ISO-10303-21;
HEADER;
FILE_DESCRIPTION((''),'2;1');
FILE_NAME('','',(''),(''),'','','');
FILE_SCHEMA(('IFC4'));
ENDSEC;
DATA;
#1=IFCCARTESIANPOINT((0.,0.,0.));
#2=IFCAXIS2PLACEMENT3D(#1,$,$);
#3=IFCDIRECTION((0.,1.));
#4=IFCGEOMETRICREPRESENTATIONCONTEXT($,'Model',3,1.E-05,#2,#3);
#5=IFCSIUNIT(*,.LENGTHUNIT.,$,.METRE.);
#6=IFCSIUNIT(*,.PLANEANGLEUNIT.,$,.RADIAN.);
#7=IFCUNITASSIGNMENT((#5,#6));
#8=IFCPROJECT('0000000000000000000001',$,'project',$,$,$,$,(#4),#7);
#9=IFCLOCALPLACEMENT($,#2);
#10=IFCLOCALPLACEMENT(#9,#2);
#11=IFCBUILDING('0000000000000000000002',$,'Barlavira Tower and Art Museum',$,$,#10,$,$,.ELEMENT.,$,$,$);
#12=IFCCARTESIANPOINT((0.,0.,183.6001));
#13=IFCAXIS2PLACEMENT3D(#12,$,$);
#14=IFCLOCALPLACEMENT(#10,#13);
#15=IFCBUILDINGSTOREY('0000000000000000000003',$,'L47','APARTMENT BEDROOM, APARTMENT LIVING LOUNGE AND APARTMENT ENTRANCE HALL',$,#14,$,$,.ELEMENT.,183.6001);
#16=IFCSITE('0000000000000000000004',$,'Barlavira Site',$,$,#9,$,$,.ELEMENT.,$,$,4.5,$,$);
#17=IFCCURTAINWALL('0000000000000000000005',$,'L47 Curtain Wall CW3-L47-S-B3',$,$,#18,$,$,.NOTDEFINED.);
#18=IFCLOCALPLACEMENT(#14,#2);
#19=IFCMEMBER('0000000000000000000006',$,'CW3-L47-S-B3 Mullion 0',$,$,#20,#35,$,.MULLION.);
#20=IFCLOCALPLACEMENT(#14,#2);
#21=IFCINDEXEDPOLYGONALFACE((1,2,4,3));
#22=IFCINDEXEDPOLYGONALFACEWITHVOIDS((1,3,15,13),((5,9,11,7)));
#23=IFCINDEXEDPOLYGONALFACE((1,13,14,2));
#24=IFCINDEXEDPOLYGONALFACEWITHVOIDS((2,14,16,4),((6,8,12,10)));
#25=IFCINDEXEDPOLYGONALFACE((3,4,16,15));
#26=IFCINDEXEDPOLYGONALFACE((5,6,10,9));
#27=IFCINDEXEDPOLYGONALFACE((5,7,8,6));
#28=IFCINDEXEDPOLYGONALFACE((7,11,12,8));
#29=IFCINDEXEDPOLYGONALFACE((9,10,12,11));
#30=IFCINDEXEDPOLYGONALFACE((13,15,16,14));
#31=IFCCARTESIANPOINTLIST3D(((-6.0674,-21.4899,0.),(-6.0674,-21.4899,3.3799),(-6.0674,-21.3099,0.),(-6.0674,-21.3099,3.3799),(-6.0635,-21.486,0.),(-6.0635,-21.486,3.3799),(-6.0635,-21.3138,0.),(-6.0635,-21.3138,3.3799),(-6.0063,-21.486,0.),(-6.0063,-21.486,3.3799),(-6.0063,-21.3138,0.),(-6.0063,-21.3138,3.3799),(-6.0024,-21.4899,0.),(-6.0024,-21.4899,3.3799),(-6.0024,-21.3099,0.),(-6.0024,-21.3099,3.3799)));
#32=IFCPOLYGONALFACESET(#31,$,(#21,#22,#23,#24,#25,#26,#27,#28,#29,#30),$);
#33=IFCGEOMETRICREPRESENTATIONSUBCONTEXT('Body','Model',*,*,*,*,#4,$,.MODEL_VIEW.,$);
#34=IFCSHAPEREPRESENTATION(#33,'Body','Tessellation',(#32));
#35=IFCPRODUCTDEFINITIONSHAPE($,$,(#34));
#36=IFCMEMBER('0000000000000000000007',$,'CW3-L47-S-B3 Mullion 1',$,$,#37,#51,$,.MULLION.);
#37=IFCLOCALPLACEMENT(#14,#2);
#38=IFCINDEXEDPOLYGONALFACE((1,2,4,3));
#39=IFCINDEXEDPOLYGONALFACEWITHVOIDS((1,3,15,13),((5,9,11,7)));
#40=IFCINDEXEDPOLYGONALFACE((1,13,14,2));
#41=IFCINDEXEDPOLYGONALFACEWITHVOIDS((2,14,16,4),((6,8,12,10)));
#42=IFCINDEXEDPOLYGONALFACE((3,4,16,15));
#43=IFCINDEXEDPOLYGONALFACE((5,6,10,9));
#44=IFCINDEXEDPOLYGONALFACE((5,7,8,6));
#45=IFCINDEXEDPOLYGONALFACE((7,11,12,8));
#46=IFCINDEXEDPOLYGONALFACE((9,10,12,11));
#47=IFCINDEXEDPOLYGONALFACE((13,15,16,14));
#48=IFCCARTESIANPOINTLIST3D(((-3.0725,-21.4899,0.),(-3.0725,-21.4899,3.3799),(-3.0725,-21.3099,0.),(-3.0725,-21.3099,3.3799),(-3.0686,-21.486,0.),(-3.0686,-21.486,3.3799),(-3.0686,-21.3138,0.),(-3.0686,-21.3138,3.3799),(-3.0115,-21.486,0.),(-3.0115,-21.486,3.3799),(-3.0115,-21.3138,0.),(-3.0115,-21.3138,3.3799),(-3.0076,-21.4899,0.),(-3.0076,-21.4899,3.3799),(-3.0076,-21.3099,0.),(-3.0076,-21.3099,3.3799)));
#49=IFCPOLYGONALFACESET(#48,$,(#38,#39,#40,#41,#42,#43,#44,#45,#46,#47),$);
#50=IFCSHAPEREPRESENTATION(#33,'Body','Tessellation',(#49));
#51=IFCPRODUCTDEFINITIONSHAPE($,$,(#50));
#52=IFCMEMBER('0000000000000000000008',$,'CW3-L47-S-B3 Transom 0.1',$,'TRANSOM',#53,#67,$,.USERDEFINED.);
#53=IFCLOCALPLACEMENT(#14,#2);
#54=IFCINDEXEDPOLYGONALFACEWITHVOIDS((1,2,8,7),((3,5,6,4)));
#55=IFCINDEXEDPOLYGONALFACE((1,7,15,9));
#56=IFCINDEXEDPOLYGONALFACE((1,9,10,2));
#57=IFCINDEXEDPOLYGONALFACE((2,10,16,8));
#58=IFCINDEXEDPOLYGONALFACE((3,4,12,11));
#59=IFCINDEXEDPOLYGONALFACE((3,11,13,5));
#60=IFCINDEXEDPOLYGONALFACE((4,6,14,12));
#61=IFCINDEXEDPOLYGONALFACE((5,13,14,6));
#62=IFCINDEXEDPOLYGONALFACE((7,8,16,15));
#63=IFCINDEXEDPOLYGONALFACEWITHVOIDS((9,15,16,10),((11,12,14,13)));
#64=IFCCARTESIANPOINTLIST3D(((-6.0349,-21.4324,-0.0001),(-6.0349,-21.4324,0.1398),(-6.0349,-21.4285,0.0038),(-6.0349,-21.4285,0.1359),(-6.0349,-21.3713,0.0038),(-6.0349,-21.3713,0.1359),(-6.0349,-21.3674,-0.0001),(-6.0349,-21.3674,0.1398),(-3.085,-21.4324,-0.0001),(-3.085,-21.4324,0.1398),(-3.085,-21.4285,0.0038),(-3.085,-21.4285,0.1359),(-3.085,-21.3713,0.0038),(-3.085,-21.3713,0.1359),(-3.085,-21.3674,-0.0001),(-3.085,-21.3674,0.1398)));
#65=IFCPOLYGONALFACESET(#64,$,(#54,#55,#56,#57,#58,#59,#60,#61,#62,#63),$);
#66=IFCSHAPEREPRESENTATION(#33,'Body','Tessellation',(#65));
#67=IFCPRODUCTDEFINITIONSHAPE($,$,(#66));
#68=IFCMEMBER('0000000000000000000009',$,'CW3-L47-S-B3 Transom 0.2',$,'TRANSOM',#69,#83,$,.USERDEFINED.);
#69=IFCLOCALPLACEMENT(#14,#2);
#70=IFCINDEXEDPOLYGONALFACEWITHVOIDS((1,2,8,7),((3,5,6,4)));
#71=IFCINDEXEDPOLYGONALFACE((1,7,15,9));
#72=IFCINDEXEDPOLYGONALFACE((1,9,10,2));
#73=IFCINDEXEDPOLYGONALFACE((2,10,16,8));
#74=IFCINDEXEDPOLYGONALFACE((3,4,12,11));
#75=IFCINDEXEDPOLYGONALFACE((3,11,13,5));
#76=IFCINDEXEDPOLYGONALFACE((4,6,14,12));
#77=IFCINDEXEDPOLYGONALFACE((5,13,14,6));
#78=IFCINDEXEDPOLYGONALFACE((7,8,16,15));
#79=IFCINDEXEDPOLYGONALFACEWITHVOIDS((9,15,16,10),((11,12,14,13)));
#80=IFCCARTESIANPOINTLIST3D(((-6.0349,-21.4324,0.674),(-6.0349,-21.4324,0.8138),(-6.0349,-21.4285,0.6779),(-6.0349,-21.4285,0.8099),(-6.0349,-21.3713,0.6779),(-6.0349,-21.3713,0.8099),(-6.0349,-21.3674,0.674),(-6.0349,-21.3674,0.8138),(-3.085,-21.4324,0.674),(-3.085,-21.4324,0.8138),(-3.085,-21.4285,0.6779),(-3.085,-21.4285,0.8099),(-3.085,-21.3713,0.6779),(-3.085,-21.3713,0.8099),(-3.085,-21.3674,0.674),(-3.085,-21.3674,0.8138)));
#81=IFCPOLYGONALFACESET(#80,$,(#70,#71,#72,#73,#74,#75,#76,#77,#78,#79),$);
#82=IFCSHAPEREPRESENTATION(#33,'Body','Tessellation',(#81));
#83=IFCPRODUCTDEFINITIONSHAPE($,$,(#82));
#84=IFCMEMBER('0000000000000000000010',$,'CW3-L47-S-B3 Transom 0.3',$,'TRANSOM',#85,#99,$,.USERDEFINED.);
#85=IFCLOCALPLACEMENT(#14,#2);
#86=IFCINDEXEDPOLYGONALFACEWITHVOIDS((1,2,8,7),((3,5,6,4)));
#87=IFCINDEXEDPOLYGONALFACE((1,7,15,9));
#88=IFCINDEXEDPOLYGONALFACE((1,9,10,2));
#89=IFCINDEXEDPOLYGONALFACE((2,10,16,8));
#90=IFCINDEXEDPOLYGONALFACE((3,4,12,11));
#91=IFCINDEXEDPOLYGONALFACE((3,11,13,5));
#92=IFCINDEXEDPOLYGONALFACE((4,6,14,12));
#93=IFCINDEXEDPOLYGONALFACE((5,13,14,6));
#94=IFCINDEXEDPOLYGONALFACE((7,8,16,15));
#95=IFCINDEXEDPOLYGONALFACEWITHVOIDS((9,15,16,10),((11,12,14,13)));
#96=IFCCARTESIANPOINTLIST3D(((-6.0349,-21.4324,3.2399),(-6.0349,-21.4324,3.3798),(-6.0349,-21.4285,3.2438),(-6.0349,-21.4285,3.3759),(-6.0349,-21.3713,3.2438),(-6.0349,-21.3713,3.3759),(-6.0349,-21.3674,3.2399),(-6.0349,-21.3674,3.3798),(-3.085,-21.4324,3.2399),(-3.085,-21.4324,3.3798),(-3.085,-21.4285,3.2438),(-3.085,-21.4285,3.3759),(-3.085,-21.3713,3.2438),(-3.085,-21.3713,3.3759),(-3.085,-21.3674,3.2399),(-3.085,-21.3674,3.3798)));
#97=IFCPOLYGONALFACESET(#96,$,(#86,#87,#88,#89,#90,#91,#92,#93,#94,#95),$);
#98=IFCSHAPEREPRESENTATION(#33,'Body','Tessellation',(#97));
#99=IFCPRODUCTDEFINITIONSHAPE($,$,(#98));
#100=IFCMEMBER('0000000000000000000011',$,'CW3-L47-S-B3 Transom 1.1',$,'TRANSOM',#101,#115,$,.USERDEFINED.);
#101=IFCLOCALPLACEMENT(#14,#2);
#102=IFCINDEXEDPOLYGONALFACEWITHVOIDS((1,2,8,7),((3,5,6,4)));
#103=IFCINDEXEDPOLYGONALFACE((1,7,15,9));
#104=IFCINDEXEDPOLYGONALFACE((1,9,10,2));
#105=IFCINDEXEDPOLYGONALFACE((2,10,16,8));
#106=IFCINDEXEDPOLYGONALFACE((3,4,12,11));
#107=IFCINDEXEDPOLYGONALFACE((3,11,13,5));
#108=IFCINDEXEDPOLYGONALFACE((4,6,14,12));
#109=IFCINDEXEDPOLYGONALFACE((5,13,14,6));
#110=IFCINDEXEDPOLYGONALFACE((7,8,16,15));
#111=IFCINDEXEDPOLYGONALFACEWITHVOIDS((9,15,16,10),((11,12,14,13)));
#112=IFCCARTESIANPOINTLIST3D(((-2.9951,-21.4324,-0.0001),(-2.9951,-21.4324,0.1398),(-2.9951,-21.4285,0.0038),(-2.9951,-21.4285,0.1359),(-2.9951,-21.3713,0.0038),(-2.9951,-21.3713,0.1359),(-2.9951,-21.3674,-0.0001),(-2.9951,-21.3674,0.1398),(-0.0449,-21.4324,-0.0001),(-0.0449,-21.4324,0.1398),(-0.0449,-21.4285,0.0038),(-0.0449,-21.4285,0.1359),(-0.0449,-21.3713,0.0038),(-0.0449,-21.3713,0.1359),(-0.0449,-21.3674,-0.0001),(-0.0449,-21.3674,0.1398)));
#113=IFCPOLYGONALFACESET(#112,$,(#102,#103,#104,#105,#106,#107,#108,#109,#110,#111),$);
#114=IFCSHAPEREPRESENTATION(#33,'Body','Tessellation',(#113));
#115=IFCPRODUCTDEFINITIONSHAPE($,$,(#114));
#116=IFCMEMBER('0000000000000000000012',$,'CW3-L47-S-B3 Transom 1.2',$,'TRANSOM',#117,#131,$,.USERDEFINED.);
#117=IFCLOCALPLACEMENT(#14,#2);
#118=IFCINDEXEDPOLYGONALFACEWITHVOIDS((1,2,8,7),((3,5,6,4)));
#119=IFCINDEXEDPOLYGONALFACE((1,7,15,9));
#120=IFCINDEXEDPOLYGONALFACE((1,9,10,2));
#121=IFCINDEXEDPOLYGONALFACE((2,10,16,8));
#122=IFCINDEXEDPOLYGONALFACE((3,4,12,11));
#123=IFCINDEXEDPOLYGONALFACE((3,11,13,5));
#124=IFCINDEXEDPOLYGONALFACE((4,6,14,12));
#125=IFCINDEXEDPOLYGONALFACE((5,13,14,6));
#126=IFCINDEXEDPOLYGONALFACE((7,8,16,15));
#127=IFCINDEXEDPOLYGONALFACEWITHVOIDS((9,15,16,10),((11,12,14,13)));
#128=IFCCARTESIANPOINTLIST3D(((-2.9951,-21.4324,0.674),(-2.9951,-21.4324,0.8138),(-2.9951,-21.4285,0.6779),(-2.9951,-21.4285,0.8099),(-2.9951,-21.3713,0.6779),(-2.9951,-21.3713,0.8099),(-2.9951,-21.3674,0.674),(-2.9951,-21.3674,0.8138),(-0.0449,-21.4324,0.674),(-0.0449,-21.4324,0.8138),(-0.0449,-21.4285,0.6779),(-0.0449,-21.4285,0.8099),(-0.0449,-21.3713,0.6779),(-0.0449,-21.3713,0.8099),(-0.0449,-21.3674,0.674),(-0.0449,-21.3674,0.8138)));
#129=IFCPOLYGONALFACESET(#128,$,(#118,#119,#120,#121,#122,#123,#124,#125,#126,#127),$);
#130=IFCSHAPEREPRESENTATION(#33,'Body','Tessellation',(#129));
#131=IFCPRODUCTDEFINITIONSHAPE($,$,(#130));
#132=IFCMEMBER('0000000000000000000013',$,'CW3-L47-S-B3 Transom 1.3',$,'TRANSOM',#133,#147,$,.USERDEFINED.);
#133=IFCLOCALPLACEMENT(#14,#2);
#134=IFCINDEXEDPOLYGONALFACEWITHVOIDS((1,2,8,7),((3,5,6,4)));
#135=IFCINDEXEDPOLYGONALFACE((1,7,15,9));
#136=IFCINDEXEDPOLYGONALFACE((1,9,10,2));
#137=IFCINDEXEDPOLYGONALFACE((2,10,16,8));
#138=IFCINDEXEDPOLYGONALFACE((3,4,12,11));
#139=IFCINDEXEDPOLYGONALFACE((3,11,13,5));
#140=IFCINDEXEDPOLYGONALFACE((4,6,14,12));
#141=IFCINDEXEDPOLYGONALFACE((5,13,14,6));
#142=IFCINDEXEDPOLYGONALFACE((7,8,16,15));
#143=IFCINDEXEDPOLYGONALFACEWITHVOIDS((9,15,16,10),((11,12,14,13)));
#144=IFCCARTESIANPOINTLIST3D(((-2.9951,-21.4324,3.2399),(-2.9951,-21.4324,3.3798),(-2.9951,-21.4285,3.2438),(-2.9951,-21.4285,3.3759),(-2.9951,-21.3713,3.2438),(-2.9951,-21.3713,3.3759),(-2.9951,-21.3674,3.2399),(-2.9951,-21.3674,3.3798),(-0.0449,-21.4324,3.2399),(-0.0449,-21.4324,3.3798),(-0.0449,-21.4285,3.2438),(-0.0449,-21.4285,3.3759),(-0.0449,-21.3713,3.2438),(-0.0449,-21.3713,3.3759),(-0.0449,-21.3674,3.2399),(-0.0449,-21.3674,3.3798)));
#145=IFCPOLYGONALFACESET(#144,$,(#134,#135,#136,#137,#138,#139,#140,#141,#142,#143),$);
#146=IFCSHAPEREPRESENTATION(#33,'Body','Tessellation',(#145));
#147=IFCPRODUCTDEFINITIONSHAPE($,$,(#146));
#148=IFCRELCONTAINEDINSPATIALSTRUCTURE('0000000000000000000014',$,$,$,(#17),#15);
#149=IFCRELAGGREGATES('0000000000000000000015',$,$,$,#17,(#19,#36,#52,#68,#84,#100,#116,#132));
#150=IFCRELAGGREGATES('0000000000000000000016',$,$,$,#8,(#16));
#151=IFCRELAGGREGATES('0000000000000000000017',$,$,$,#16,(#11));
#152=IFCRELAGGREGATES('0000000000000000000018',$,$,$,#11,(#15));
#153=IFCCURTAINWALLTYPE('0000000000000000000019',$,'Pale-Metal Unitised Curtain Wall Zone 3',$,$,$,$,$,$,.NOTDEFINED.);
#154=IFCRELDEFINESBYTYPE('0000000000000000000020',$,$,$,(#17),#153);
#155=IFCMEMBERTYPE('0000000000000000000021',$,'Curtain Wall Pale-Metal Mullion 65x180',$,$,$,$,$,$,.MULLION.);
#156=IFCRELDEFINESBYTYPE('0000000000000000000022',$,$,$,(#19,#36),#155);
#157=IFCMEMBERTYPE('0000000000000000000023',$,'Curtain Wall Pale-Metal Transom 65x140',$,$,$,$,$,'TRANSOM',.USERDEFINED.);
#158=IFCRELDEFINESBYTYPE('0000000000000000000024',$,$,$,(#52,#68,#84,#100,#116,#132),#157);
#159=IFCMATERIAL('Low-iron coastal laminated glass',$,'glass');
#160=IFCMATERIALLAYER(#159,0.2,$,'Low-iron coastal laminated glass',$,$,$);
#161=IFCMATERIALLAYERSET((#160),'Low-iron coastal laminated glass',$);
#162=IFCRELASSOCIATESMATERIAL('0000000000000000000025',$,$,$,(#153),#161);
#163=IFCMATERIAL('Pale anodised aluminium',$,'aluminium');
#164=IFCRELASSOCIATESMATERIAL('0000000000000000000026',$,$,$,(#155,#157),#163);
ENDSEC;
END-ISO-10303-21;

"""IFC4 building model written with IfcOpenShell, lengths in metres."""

from ifc_helpers import new_model, si_unit, direction, frame, origin, origin_2d, place, context, subcontext, project, spatial, hollow_rectangle, extrude, material, layer, layer_set, material_profile, profile_set, type_object, element, aggregate, save


model = new_model("IFC4")

# Units and contexts
model_context = context("Model", 3, precision=1e-05, world=origin(), true_north=direction((0.0, 1.0)))
body_context = subcontext(model_context, "Body", "Model", "MODEL_VIEW")
ifc_project = project(units=[si_unit("LENGTHUNIT", "METRE"), si_unit("PLANEANGLEUNIT", "RADIAN")], contexts=[model_context])

# Site, building, storey
site_placement = place(None, origin())
site = spatial("IfcSite", under=ifc_project, at=site_placement, Name="Barlavira Site", CompositionType="ELEMENT", RefElevation=4.5)
building_placement = place(site_placement, origin())
building = spatial("IfcBuilding", under=site, at=building_placement, Name="Barlavira Tower and Art Museum", CompositionType="ELEMENT")
storey_placement = place(building_placement, frame((0.0, 0.0, 183.6001)))
storey = spatial("IfcBuildingStorey", under=building, at=storey_placement, Name="L47", Description="APARTMENT BEDROOM, APARTMENT LIVING LOUNGE AND APARTMENT ENTRANCE HALL", CompositionType="ELEMENT", Elevation=183.6001)

# Curtain wall, members
ifc_material_1 = material(Name="Low-iron coastal laminated glass", Category="glass")
ifc_layer_1 = layer(ifc_material_1, 0.2, Name="Low-iron coastal laminated glass")
ifc_layer_set_1 = layer_set([ifc_layer_1], Name="Low-iron coastal laminated glass")
curtain_wall_type = type_object("IfcCurtainWallType", Name="Pale-Metal Unitised Curtain Wall Zone 3", PredefinedType="NOTDEFINED", material=ifc_layer_set_1)
curtain_wall_placement = place(storey_placement, origin())
curtain_wall = element("IfcCurtainWall", 1, at=curtain_wall_placement, inside=storey, type_object=curtain_wall_type, Name="L47 Curtain Wall CW3-L47-S-B3", PredefinedType="NOTDEFINED")
ifc_material_2 = material(Name="Pale anodised aluminium", Category="aluminium")
ifc_material_profile_1 = material_profile(ifc_material_2, hollow_rectangle(XDim=0.0649, YDim=0.1799, WallThickness=0.0039, at=origin_2d()), Name="ALU-MULL 65x180x4")
ifc_profile_set_1 = profile_set([ifc_material_profile_1], Name="Pale anodised aluminium")
member_type_1 = type_object("IfcMemberType", Name="Curtain Wall Pale-Metal Mullion 65x180", PredefinedType="MULLION", material=ifc_profile_set_1)
member_1_placement = place(storey_placement, frame((-6.0349, -21.3999, 0.0), z_axis=(0.0, 0.0, 1.0), x_axis=(1.0, 0.0, 0.0)))
member_1 = element("IfcMember", 2, at=member_1_placement, type_object=member_type_1, Name="CW3-L47-S-B3 Mullion 0", PredefinedType="MULLION", context=body_context, shape_type="SweptSolid", body=[
    extrude(hollow_rectangle(XDim=0.0649, YDim=0.1799, WallThickness=0.0039, at=origin_2d()), origin(), (0.0, 0.0, 1.0), 3.3799),
])
member_2_placement = place(storey_placement, frame((-3.04, -21.3999, 0.0), z_axis=(0.0, 0.0, 1.0), x_axis=(1.0, 0.0, 0.0)))
member_2 = element("IfcMember", 3, at=member_2_placement, type_object=member_type_1, Name="CW3-L47-S-B3 Mullion 1", PredefinedType="MULLION", context=body_context, shape_type="SweptSolid", body=[
    extrude(hollow_rectangle(XDim=0.0649, YDim=0.1799, WallThickness=0.0039, at=origin_2d()), origin(), (0.0, 0.0, 1.0), 3.3799),
])
ifc_material_profile_2 = material_profile(ifc_material_2, hollow_rectangle(XDim=0.0649, YDim=0.1399, WallThickness=0.0039, at=origin_2d()), Name="ALU-TRAN 65x140x4")
ifc_profile_set_2 = profile_set([ifc_material_profile_2], Name="Pale anodised aluminium")
member_type_2 = type_object("IfcMemberType", Name="Curtain Wall Pale-Metal Transom 65x140", ElementType="TRANSOM", PredefinedType="USERDEFINED", material=ifc_profile_set_2)
member_3_placement = place(storey_placement, frame((-6.0349, -21.3999, 0.0698), z_axis=(1.0, 0.0, 0.0), x_axis=(0.0, 1.0, 0.0)))
member_3 = element("IfcMember", 4, at=member_3_placement, type_object=member_type_2, Name="CW3-L47-S-B3 Transom 0.1", ObjectType="TRANSOM", PredefinedType="USERDEFINED", context=body_context, shape_type="SweptSolid", body=[
    extrude(hollow_rectangle(XDim=0.0649, YDim=0.1399, WallThickness=0.0039, at=origin_2d()), origin(), (0.0, 0.0, 1.0), 2.95),
])
member_4_placement = place(storey_placement, frame((-6.0349, -21.3999, 0.7439), z_axis=(1.0, 0.0, 0.0), x_axis=(0.0, 1.0, 0.0)))
member_4 = element("IfcMember", 5, at=member_4_placement, type_object=member_type_2, Name="CW3-L47-S-B3 Transom 0.2", ObjectType="TRANSOM", PredefinedType="USERDEFINED", context=body_context, shape_type="SweptSolid", body=[
    extrude(hollow_rectangle(XDim=0.0649, YDim=0.1399, WallThickness=0.0039, at=origin_2d()), origin(), (0.0, 0.0, 1.0), 2.95),
])
member_5_placement = place(storey_placement, frame((-6.0349, -21.3999, 3.3098), z_axis=(1.0, 0.0, 0.0), x_axis=(0.0, 1.0, 0.0)))
member_5 = element("IfcMember", 6, at=member_5_placement, type_object=member_type_2, Name="CW3-L47-S-B3 Transom 0.3", ObjectType="TRANSOM", PredefinedType="USERDEFINED", context=body_context, shape_type="SweptSolid", body=[
    extrude(hollow_rectangle(XDim=0.0649, YDim=0.1399, WallThickness=0.0039, at=origin_2d()), origin(), (0.0, 0.0, 1.0), 2.95),
])
member_6_placement = place(storey_placement, frame((-2.9951, -21.3999, 0.0698), z_axis=(1.0, 0.0, 0.0), x_axis=(0.0, 1.0, 0.0)))
member_6 = element("IfcMember", 7, at=member_6_placement, type_object=member_type_2, Name="CW3-L47-S-B3 Transom 1.1", ObjectType="TRANSOM", PredefinedType="USERDEFINED", context=body_context, shape_type="SweptSolid", body=[
    extrude(hollow_rectangle(XDim=0.0649, YDim=0.1399, WallThickness=0.0039, at=origin_2d()), origin(), (0.0, 0.0, 1.0), 2.9502),
])
member_7_placement = place(storey_placement, frame((-2.9951, -21.3999, 0.7439), z_axis=(1.0, 0.0, 0.0), x_axis=(0.0, 1.0, 0.0)))
member_7 = element("IfcMember", 8, at=member_7_placement, type_object=member_type_2, Name="CW3-L47-S-B3 Transom 1.2", ObjectType="TRANSOM", PredefinedType="USERDEFINED", context=body_context, shape_type="SweptSolid", body=[
    extrude(hollow_rectangle(XDim=0.0649, YDim=0.1399, WallThickness=0.0039, at=origin_2d()), origin(), (0.0, 0.0, 1.0), 2.9502),
])
member_8_placement = place(storey_placement, frame((-2.9951, -21.3999, 3.3098), z_axis=(1.0, 0.0, 0.0), x_axis=(0.0, 1.0, 0.0)))
member_8 = element("IfcMember", 9, at=member_8_placement, type_object=member_type_2, Name="CW3-L47-S-B3 Transom 1.3", ObjectType="TRANSOM", PredefinedType="USERDEFINED", context=body_context, shape_type="SweptSolid", body=[
    extrude(hollow_rectangle(XDim=0.0649, YDim=0.1399, WallThickness=0.0039, at=origin_2d()), origin(), (0.0, 0.0, 1.0), 2.9502),
])

aggregate(curtain_wall, [member_1, member_2, member_3, member_4, member_5, member_6, member_7, member_8])

save(model, "model.ifc")
